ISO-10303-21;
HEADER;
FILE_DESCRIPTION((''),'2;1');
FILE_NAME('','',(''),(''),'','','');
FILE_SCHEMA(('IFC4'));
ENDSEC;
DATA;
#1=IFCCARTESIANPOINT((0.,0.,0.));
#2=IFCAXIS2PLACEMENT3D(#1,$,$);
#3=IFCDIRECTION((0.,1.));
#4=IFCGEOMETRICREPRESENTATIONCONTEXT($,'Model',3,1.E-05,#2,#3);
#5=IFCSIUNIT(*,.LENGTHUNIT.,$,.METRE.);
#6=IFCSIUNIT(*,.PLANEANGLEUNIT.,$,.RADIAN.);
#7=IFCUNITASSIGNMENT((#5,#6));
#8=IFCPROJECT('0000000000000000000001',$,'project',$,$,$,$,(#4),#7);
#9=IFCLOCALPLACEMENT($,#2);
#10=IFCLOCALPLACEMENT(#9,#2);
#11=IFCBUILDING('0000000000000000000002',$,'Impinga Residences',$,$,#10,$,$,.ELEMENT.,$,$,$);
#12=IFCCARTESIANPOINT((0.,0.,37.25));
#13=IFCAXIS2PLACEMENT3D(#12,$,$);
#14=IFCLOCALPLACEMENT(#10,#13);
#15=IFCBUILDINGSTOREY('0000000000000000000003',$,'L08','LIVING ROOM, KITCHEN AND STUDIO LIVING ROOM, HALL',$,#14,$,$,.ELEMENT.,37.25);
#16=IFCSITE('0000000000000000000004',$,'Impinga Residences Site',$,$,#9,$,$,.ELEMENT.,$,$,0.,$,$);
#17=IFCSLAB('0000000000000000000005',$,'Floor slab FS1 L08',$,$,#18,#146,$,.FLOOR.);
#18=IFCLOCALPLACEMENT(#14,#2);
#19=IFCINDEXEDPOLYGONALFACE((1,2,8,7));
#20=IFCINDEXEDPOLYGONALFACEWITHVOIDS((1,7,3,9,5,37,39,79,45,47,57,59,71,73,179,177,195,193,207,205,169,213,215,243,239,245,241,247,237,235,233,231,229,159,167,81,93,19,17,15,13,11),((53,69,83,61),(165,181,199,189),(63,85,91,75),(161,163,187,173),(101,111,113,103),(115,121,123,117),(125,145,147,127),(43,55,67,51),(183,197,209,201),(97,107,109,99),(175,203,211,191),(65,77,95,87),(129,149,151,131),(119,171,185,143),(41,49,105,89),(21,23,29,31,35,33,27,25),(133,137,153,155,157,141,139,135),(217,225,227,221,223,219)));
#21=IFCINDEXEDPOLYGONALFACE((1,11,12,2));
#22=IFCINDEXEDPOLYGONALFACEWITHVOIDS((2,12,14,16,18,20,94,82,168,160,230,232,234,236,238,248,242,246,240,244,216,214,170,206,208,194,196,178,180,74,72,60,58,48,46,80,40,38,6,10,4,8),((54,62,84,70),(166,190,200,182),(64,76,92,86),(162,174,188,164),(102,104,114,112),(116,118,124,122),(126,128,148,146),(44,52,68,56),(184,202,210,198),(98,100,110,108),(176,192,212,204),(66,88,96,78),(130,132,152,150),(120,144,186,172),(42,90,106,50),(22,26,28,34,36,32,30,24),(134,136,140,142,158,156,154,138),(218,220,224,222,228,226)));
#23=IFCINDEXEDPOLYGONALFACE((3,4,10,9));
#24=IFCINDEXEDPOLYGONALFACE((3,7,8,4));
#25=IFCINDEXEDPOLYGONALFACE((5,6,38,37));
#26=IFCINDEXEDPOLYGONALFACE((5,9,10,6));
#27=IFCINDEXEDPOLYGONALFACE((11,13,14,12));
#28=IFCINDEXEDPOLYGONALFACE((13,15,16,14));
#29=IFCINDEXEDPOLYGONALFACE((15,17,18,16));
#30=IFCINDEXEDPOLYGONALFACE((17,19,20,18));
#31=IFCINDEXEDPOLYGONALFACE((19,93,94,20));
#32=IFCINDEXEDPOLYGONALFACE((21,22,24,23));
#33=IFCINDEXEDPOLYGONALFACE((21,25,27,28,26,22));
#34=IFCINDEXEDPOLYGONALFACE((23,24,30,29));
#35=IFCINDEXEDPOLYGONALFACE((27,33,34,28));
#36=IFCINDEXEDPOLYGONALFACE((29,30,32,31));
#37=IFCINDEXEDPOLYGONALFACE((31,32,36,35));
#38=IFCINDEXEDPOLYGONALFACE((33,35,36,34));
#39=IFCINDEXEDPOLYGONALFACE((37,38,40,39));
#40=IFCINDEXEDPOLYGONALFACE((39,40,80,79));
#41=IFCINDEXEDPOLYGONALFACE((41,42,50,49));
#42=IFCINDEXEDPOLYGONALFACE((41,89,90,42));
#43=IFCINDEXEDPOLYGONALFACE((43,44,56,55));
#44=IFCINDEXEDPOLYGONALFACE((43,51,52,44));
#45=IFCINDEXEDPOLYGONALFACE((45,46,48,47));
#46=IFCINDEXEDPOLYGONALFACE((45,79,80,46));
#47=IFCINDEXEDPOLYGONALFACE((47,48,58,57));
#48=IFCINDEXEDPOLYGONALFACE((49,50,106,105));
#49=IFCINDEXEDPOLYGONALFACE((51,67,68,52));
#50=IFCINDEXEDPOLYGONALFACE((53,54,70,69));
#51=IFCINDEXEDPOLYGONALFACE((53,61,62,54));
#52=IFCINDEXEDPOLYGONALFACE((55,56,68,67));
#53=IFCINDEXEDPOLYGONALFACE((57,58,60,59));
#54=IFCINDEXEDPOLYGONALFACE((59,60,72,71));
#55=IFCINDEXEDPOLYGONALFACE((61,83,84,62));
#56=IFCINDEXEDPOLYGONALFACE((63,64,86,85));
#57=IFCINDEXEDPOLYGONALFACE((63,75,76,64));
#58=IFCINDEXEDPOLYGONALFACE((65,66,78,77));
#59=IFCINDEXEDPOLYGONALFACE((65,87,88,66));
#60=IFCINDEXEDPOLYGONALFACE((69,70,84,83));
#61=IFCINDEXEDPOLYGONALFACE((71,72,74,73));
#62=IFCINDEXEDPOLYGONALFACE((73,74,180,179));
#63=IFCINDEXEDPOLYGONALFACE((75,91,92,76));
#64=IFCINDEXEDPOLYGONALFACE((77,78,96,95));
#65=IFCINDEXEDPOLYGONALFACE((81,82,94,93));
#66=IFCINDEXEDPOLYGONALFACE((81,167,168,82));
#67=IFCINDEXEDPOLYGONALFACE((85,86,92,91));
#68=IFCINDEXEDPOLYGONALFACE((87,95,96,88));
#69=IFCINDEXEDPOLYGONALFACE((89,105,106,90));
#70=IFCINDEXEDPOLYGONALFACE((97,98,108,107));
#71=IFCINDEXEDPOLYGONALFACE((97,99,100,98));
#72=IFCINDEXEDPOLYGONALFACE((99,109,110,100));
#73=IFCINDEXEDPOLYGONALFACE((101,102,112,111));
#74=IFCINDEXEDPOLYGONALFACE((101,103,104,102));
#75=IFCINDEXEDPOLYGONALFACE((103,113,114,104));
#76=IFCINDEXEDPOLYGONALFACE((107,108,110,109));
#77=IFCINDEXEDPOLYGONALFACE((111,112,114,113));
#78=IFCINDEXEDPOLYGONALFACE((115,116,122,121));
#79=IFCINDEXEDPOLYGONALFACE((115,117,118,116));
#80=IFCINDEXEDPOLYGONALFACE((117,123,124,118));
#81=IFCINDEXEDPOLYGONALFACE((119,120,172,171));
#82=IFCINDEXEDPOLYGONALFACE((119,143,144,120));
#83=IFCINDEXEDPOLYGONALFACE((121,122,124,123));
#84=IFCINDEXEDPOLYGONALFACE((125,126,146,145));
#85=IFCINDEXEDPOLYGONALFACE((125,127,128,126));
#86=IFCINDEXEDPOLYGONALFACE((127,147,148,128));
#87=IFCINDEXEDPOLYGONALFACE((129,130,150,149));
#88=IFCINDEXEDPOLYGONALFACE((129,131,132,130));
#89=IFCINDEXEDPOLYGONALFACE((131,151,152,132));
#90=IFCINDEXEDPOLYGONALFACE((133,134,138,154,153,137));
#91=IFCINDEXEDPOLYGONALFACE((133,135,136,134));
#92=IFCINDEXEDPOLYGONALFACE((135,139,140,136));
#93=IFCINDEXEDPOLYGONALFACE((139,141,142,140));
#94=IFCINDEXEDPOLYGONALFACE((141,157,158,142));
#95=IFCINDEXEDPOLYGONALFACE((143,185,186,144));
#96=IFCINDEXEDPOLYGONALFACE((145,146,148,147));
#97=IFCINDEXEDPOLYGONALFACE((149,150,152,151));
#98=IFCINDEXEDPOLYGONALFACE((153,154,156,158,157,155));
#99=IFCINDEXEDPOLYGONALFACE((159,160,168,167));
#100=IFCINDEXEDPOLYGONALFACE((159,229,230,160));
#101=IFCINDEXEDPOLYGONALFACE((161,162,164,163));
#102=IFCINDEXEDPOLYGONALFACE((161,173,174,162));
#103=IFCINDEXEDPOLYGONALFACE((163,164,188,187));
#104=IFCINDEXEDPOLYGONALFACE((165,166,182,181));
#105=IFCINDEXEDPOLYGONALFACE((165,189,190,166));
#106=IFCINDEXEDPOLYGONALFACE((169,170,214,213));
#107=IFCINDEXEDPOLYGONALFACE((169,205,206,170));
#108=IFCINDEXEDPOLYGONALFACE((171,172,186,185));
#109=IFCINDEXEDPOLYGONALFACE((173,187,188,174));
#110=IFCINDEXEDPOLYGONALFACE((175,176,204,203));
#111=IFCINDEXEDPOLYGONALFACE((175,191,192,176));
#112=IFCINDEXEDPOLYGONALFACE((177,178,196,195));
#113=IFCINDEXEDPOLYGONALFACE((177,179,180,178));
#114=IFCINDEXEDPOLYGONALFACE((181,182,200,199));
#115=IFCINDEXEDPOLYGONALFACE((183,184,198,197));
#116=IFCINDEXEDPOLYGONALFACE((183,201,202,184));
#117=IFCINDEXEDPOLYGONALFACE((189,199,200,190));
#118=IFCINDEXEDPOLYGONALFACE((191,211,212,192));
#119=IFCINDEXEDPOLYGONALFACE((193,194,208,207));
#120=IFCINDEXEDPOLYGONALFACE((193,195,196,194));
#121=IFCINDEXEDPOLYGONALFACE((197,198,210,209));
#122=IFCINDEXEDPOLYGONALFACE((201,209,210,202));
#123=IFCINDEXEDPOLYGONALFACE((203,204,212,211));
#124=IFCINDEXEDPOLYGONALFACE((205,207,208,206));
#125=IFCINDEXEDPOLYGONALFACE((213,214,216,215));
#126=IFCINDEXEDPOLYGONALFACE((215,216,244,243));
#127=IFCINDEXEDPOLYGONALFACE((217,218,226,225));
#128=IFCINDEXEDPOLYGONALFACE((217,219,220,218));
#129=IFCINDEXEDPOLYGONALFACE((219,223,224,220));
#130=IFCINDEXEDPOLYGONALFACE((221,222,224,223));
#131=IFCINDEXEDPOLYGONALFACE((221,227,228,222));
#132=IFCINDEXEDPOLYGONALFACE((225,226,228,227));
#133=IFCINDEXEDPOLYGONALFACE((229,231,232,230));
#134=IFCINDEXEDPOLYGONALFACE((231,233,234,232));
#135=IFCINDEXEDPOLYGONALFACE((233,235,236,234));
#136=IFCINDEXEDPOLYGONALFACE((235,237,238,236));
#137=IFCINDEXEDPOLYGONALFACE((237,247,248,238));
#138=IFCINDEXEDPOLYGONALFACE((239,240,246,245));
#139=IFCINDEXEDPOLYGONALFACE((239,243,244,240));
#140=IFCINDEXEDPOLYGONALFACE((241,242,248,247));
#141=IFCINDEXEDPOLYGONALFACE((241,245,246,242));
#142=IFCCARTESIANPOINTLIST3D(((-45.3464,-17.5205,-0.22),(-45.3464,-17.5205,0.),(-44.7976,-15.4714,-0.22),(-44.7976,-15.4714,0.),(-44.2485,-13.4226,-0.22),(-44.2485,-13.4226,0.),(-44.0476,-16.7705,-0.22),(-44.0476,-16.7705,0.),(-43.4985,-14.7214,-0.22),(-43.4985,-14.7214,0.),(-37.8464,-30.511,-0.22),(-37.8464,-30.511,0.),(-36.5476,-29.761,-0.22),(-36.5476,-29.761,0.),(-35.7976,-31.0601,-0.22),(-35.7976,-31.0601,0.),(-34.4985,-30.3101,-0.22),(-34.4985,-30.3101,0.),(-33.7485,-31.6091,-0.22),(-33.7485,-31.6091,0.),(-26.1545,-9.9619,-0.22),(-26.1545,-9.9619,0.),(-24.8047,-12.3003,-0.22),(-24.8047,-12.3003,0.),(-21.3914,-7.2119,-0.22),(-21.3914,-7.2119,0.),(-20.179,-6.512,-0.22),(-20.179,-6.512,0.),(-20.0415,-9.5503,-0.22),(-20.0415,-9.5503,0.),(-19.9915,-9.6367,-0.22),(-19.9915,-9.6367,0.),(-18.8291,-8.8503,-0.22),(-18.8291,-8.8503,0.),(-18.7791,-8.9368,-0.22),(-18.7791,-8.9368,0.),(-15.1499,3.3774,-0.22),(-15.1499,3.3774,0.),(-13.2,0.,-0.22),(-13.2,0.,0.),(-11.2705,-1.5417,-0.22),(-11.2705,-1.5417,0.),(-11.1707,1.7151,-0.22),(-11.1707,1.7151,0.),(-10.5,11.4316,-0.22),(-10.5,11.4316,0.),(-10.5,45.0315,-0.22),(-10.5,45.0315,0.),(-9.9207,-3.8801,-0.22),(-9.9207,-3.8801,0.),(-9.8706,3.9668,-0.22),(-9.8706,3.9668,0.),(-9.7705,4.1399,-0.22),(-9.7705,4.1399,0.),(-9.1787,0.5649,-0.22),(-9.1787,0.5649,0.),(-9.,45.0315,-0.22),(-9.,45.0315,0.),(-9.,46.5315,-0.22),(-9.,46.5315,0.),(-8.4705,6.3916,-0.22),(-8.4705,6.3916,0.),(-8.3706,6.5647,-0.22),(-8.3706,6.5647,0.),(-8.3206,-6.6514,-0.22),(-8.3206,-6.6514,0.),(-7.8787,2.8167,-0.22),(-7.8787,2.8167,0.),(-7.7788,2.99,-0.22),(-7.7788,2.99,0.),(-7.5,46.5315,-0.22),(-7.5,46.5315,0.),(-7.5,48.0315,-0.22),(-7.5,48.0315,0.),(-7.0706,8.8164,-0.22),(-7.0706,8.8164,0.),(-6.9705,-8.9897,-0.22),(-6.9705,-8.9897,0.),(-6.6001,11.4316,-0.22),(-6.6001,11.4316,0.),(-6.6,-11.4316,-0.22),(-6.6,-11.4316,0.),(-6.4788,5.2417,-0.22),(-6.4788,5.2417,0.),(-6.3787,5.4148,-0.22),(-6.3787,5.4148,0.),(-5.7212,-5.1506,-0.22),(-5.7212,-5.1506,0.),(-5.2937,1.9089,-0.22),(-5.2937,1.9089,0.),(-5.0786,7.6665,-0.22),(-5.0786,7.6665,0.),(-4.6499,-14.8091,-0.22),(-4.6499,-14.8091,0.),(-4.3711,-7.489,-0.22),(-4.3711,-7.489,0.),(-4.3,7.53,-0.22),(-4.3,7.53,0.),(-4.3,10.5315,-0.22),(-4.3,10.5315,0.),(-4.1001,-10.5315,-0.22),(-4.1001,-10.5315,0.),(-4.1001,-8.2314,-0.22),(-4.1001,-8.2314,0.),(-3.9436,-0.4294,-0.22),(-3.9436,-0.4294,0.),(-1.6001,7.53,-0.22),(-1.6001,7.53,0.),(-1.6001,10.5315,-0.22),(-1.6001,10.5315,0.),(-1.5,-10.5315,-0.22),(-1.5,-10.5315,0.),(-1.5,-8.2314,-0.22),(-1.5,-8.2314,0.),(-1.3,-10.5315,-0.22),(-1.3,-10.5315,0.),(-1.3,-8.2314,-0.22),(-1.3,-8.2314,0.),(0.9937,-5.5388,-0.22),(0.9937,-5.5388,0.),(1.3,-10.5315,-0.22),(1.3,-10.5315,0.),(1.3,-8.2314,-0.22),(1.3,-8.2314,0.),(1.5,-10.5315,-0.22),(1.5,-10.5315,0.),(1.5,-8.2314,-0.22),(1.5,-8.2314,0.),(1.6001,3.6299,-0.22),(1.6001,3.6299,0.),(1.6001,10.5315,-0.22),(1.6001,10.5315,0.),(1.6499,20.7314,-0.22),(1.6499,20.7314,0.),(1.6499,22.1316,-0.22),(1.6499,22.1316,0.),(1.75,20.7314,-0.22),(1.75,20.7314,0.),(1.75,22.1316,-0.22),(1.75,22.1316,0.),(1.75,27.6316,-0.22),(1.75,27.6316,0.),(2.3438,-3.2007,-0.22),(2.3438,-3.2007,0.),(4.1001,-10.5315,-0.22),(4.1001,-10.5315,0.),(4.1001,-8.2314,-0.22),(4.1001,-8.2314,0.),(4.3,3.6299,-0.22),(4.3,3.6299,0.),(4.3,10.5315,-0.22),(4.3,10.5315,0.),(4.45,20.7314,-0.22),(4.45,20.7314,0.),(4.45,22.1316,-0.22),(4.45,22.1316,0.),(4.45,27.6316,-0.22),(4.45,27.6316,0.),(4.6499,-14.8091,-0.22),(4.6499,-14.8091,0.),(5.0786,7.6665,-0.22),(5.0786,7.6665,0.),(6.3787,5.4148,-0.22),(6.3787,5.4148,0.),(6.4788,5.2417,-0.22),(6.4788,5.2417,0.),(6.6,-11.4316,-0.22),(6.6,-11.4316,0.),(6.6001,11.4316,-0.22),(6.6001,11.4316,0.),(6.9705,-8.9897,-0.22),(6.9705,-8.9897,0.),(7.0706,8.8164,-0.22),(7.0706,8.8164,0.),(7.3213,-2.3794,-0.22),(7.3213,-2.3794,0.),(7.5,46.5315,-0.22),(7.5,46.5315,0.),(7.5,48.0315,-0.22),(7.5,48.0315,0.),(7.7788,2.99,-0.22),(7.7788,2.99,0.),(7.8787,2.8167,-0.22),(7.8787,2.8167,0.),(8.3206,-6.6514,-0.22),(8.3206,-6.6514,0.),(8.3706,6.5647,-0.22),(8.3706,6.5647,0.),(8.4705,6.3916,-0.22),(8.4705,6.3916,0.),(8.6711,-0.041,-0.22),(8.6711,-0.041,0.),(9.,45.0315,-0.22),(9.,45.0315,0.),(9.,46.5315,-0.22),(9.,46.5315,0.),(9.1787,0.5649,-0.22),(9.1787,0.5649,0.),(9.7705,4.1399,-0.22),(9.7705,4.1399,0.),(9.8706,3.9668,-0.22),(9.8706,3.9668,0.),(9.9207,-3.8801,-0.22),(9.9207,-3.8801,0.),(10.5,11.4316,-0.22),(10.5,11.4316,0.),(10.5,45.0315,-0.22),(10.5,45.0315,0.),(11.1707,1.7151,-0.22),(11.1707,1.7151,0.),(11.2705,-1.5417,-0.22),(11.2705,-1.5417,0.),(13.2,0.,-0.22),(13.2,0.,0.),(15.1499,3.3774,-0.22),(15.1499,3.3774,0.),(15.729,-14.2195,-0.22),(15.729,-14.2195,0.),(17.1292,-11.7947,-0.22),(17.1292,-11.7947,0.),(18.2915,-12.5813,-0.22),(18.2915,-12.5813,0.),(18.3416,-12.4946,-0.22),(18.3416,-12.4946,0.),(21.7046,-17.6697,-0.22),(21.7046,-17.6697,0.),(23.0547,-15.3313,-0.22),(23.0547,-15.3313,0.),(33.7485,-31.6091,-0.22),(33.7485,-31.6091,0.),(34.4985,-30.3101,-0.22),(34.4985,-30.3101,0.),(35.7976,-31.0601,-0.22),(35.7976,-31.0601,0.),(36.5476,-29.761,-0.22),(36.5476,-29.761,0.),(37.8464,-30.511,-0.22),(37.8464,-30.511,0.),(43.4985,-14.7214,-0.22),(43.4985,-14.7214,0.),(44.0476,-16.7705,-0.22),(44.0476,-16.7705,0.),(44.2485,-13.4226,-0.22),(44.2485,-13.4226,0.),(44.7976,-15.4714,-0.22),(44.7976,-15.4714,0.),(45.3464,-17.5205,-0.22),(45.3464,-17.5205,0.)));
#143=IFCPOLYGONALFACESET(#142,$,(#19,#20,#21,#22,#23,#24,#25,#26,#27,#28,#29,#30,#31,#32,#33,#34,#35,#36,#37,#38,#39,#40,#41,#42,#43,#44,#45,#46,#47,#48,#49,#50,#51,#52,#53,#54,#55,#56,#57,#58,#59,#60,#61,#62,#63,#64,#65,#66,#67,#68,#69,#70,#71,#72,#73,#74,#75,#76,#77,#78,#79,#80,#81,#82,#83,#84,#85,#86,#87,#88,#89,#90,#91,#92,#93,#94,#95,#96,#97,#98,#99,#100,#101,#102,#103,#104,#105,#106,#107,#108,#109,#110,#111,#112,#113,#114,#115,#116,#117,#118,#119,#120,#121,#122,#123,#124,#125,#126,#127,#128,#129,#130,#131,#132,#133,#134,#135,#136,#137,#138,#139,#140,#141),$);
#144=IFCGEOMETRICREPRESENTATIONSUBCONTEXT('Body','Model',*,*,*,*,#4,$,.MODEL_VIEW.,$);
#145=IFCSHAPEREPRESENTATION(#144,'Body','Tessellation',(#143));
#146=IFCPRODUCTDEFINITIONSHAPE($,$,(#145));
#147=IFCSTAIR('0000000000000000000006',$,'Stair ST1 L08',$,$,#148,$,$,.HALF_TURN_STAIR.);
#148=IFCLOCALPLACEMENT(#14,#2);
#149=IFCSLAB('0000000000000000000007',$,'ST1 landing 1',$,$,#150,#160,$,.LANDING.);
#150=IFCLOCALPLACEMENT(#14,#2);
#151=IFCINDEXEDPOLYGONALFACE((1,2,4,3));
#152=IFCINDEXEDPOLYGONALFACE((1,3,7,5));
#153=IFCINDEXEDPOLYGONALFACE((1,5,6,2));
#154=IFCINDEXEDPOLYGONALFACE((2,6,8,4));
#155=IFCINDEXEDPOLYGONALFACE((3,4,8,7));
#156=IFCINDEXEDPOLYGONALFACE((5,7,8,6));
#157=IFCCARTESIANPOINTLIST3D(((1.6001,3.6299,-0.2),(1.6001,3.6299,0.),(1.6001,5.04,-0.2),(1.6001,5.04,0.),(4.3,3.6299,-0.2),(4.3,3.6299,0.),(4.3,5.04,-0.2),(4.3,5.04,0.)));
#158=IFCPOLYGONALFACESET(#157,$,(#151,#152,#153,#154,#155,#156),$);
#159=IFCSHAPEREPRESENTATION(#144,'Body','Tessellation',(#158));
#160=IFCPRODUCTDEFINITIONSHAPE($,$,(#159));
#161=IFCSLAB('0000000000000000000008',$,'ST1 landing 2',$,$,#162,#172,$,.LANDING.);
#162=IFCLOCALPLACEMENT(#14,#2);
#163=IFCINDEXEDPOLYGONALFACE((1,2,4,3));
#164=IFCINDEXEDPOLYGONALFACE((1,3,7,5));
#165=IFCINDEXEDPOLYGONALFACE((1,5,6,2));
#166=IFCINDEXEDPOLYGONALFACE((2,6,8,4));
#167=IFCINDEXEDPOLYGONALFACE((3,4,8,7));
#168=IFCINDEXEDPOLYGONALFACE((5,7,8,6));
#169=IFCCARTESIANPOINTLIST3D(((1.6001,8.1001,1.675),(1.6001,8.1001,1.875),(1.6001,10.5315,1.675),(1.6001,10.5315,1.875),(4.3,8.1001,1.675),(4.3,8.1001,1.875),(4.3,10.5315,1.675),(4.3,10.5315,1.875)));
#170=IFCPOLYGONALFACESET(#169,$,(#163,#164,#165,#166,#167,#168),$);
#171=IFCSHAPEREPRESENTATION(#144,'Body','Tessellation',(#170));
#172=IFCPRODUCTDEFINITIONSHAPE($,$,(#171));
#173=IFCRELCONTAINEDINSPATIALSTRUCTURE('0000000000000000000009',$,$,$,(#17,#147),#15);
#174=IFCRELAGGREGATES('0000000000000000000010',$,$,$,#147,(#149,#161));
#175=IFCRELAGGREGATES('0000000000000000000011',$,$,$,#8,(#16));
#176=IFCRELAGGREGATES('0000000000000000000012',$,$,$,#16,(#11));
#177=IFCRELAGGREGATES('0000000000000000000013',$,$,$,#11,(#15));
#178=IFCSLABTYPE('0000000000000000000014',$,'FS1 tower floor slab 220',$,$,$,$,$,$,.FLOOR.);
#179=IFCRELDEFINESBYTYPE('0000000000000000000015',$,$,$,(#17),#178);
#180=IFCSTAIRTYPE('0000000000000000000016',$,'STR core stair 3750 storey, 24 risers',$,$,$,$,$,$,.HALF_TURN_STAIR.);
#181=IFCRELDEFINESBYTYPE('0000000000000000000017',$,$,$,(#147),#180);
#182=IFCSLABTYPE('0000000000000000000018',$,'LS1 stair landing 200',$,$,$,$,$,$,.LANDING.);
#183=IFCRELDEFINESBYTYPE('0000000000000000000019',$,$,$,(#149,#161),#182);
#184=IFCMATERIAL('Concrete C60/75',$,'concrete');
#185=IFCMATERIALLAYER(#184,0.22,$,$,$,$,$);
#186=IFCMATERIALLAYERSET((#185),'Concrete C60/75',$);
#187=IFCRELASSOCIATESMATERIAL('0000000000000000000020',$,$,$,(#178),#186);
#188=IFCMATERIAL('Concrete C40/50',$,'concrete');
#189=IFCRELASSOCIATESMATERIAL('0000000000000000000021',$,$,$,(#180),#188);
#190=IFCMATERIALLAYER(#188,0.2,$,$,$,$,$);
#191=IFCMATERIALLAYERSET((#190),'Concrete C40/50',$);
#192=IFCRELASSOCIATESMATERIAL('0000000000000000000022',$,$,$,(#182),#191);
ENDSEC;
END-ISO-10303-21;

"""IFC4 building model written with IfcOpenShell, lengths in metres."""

from ifc_helpers import new_model, si_unit, direction, frame, origin, place, context, subcontext, project, spatial, polyline, outline, extrude, material, layer, layer_set, type_object, element, aggregate, save


model = new_model("IFC4")

# Units and contexts
model_context = context("Model", 3, precision=1e-05, world=origin(), true_north=direction((0.0, 1.0)))
body_context = subcontext(model_context, "Body", "Model", "MODEL_VIEW")
ifc_project = project(units=[si_unit("LENGTHUNIT", "METRE"), si_unit("PLANEANGLEUNIT", "RADIAN")], contexts=[model_context])

# Site, building, storey
site_placement = place(None, origin())
site = spatial("IfcSite", under=ifc_project, at=site_placement, Name="Impinga Residences Site", CompositionType="ELEMENT", RefElevation=0.0)
building_placement = place(site_placement, origin())
building = spatial("IfcBuilding", under=site, at=building_placement, Name="Impinga Residences", CompositionType="ELEMENT")
storey_placement = place(building_placement, frame((0.0, 0.0, 37.25)))
storey = spatial("IfcBuildingStorey", under=building, at=storey_placement, Name="L08", Description="LIVING ROOM, KITCHEN AND STUDIO LIVING ROOM, HALL", CompositionType="ELEMENT", Elevation=37.25)

# Slab
ifc_material_1 = material(Name="Concrete C60/75", Category="concrete")
ifc_layer_1 = layer(ifc_material_1, 0.22)
ifc_layer_set_1 = layer_set([ifc_layer_1], Name="Concrete C60/75")
slab_type_1 = type_object("IfcSlabType", Name="FS1 tower floor slab 220", PredefinedType="FLOOR", material=ifc_layer_set_1)
slab_1_placement = place(storey_placement, frame((0.0, 0.0, -0.22)))
element("IfcSlab", 1, at=slab_1_placement, inside=storey, type_object=slab_type_1, Name="Floor slab FS1 L08", PredefinedType="FLOOR", context=body_context, shape_type="SweptSolid", body=[
    extrude(outline(polyline([(-34.4985, -30.3101), (-35.7976, -31.0601), (-36.5476, -29.761), (-37.8464, -30.511), (-45.3464, -17.5205), (-44.0476, -16.7705), (-44.7976, -15.4714), (-43.4985, -14.7214), (-44.2485, -13.4226), (-15.1499, 3.3774), (-13.2, 0.0), (-6.6001, 11.4316), (-10.5, 11.4316), (-10.5, 45.0315), (-9.0, 45.0315), (-9.0, 46.5315), (-7.5, 46.5315), (-7.5, 48.0315), (7.5, 48.0315), (7.5, 46.5315), (9.0, 46.5315), (9.0, 45.0315), (10.5, 45.0315), (10.5, 11.4316), (6.6001, 11.4316), (13.2, 0.0), (15.1499, 3.3774), (44.2485, -13.4226), (43.4985, -14.7214), (44.7976, -15.4714), (44.0476, -16.7705), (45.3464, -17.5205), (37.8464, -30.511), (36.5476, -29.761), (35.7976, -31.0601), (34.4985, -30.3101), (33.7485, -31.6091), (4.6499, -14.8091), (9.9001, -5.7158), (6.6001, -11.4316), (-6.6001, -11.4316), (-9.9001, -5.7158), (-4.6499, -14.8091), (-33.7485, -31.6091), (-34.4985, -30.3101)]), holes=[polyline([(-21.3914, -7.2119), (-26.1545, -9.9619), (-24.8047, -12.3003), (-20.0415, -9.5503), (-19.9915, -9.6367), (-18.7791, -8.9368), (-18.8291, -8.8503), (-18.8291, -8.8503), (-20.179, -6.512), (-21.3914, -7.2119), (-21.3914, -7.2119)]), polyline([(-1.5, -8.2314), (-4.1001, -8.2314), (-4.1001, -10.5315), (-1.5, -10.5315), (-1.5, -8.2314)]), polyline([(1.3, -8.2314), (-1.3, -8.2314), (-1.3, -10.5315), (1.3, -10.5315), (1.3, -8.2314)]), polyline([(1.5, -8.2314), (1.5, -10.5315), (4.1001, -10.5315), (4.1001, -8.2314), (1.5, -8.2314)]), polyline([(-5.7212, -5.1506), (-8.3206, -6.6514), (-6.9705, -8.9897), (-4.3711, -7.489), (-5.7212, -5.1506)]), polyline([(-3.9436, -0.4294), (-5.2937, 1.9089), (-11.2705, -1.5417), (-9.9207, -3.8801), (-3.9436, -0.4294)]), polyline([(-9.1787, 0.5649), (-7.8787, 2.8167), (-9.8706, 3.9668), (-11.1707, 1.7151), (-9.1787, 0.5649)]), polyline([(-6.4788, 5.2417), (-8.4705, 6.3916), (-9.7705, 4.1399), (-7.7788, 2.99), (-6.4788, 5.2417)]), polyline([(-6.3787, 5.4148), (-5.0786, 7.6665), (-7.0706, 8.8164), (-8.3706, 6.5647), (-6.3787, 5.4148)]), polyline([(-4.3, 7.53), (-1.6001, 7.53), (-1.6001, 10.5315), (-4.3, 10.5315), (-4.3, 7.53)]), polyline([(15.729, -14.2195), (21.7046, -17.6697), (23.0547, -15.3313), (18.2915, -12.5813), (18.3416, -12.4946), (17.1292, -11.7947), (15.729, -14.2195)]), polyline([(0.9937, -5.5388), (6.9705, -8.9897), (8.3206, -6.6514), (2.3438, -3.2007), (0.9937, -5.5388)]), polyline([(8.6711, -0.041), (7.3213, -2.3794), (9.9207, -3.8801), (11.2705, -1.5417), (8.6711, -0.041)]), polyline([(7.8787, 2.8167), (9.1787, 0.5649), (11.1707, 1.7151), (9.8706, 3.9668), (7.8787, 2.8167)]), polyline([(7.7788, 2.99), (9.7705, 4.1399), (8.4705, 6.3916), (6.4788, 5.2417), (7.7788, 2.99)]), polyline([(1.6001, 3.6299), (4.3, 3.6299), (4.3, 10.5315), (1.6001, 10.5315), (1.6001, 3.6299)]), polyline([(5.0786, 7.6665), (6.3787, 5.4148), (8.3706, 6.5647), (7.0706, 8.8164), (5.0786, 7.6665)]), polyline([(1.75, 22.1316), (1.6499, 22.1316), (1.6499, 20.7314), (1.75, 20.7314), (4.45, 20.7314), (4.45, 22.1316), (4.45, 27.6316), (1.75, 27.6316), (1.75, 22.1316)])]), origin(), (0.0, 0.0, 1.0), 0.22),
])

# Stair, slabs
ifc_material_2 = material(Name="Concrete C40/50", Category="concrete")
stair_type = type_object("IfcStairType", Name="STR core stair 3750 storey, 24 risers", PredefinedType="HALF_TURN_STAIR", material=ifc_material_2)
stair_1_placement = place(storey_placement, origin())
stair_1 = element("IfcStair", 2, at=stair_1_placement, inside=storey, type_object=stair_type, Name="Stair ST1 L08", PredefinedType="HALF_TURN_STAIR")
ifc_layer_2 = layer(ifc_material_2, 0.2)
ifc_layer_set_2 = layer_set([ifc_layer_2], Name="Concrete C40/50")
slab_type_2 = type_object("IfcSlabType", Name="LS1 stair landing 200", PredefinedType="LANDING", material=ifc_layer_set_2)
slab_2_placement = place(storey_placement, frame((0.0, 0.0, -0.2)))
slab_2 = element("IfcSlab", 3, at=slab_2_placement, type_object=slab_type_2, Name="ST1 landing 1", PredefinedType="LANDING", context=body_context, shape_type="SweptSolid", body=[
    extrude(outline(polyline([(1.6001, 3.6299), (4.3, 3.6299), (4.3, 5.04), (1.6001, 5.04), (1.6001, 3.6299)])), origin(), (0.0, 0.0, 1.0), 0.2),
])
slab_3_placement = place(storey_placement, frame((0.0, 0.0, 1.675)))
slab_3 = element("IfcSlab", 4, at=slab_3_placement, type_object=slab_type_2, Name="ST1 landing 2", PredefinedType="LANDING", context=body_context, shape_type="SweptSolid", body=[
    extrude(outline(polyline([(1.6001, 8.1001), (4.3, 8.1001), (4.3, 10.5315), (1.6001, 10.5315), (1.6001, 8.1001)])), origin(), (0.0, 0.0, 1.0), 0.2),
])
aggregate(stair_1, [slab_2, slab_3])

save(model, "model.ifc")
